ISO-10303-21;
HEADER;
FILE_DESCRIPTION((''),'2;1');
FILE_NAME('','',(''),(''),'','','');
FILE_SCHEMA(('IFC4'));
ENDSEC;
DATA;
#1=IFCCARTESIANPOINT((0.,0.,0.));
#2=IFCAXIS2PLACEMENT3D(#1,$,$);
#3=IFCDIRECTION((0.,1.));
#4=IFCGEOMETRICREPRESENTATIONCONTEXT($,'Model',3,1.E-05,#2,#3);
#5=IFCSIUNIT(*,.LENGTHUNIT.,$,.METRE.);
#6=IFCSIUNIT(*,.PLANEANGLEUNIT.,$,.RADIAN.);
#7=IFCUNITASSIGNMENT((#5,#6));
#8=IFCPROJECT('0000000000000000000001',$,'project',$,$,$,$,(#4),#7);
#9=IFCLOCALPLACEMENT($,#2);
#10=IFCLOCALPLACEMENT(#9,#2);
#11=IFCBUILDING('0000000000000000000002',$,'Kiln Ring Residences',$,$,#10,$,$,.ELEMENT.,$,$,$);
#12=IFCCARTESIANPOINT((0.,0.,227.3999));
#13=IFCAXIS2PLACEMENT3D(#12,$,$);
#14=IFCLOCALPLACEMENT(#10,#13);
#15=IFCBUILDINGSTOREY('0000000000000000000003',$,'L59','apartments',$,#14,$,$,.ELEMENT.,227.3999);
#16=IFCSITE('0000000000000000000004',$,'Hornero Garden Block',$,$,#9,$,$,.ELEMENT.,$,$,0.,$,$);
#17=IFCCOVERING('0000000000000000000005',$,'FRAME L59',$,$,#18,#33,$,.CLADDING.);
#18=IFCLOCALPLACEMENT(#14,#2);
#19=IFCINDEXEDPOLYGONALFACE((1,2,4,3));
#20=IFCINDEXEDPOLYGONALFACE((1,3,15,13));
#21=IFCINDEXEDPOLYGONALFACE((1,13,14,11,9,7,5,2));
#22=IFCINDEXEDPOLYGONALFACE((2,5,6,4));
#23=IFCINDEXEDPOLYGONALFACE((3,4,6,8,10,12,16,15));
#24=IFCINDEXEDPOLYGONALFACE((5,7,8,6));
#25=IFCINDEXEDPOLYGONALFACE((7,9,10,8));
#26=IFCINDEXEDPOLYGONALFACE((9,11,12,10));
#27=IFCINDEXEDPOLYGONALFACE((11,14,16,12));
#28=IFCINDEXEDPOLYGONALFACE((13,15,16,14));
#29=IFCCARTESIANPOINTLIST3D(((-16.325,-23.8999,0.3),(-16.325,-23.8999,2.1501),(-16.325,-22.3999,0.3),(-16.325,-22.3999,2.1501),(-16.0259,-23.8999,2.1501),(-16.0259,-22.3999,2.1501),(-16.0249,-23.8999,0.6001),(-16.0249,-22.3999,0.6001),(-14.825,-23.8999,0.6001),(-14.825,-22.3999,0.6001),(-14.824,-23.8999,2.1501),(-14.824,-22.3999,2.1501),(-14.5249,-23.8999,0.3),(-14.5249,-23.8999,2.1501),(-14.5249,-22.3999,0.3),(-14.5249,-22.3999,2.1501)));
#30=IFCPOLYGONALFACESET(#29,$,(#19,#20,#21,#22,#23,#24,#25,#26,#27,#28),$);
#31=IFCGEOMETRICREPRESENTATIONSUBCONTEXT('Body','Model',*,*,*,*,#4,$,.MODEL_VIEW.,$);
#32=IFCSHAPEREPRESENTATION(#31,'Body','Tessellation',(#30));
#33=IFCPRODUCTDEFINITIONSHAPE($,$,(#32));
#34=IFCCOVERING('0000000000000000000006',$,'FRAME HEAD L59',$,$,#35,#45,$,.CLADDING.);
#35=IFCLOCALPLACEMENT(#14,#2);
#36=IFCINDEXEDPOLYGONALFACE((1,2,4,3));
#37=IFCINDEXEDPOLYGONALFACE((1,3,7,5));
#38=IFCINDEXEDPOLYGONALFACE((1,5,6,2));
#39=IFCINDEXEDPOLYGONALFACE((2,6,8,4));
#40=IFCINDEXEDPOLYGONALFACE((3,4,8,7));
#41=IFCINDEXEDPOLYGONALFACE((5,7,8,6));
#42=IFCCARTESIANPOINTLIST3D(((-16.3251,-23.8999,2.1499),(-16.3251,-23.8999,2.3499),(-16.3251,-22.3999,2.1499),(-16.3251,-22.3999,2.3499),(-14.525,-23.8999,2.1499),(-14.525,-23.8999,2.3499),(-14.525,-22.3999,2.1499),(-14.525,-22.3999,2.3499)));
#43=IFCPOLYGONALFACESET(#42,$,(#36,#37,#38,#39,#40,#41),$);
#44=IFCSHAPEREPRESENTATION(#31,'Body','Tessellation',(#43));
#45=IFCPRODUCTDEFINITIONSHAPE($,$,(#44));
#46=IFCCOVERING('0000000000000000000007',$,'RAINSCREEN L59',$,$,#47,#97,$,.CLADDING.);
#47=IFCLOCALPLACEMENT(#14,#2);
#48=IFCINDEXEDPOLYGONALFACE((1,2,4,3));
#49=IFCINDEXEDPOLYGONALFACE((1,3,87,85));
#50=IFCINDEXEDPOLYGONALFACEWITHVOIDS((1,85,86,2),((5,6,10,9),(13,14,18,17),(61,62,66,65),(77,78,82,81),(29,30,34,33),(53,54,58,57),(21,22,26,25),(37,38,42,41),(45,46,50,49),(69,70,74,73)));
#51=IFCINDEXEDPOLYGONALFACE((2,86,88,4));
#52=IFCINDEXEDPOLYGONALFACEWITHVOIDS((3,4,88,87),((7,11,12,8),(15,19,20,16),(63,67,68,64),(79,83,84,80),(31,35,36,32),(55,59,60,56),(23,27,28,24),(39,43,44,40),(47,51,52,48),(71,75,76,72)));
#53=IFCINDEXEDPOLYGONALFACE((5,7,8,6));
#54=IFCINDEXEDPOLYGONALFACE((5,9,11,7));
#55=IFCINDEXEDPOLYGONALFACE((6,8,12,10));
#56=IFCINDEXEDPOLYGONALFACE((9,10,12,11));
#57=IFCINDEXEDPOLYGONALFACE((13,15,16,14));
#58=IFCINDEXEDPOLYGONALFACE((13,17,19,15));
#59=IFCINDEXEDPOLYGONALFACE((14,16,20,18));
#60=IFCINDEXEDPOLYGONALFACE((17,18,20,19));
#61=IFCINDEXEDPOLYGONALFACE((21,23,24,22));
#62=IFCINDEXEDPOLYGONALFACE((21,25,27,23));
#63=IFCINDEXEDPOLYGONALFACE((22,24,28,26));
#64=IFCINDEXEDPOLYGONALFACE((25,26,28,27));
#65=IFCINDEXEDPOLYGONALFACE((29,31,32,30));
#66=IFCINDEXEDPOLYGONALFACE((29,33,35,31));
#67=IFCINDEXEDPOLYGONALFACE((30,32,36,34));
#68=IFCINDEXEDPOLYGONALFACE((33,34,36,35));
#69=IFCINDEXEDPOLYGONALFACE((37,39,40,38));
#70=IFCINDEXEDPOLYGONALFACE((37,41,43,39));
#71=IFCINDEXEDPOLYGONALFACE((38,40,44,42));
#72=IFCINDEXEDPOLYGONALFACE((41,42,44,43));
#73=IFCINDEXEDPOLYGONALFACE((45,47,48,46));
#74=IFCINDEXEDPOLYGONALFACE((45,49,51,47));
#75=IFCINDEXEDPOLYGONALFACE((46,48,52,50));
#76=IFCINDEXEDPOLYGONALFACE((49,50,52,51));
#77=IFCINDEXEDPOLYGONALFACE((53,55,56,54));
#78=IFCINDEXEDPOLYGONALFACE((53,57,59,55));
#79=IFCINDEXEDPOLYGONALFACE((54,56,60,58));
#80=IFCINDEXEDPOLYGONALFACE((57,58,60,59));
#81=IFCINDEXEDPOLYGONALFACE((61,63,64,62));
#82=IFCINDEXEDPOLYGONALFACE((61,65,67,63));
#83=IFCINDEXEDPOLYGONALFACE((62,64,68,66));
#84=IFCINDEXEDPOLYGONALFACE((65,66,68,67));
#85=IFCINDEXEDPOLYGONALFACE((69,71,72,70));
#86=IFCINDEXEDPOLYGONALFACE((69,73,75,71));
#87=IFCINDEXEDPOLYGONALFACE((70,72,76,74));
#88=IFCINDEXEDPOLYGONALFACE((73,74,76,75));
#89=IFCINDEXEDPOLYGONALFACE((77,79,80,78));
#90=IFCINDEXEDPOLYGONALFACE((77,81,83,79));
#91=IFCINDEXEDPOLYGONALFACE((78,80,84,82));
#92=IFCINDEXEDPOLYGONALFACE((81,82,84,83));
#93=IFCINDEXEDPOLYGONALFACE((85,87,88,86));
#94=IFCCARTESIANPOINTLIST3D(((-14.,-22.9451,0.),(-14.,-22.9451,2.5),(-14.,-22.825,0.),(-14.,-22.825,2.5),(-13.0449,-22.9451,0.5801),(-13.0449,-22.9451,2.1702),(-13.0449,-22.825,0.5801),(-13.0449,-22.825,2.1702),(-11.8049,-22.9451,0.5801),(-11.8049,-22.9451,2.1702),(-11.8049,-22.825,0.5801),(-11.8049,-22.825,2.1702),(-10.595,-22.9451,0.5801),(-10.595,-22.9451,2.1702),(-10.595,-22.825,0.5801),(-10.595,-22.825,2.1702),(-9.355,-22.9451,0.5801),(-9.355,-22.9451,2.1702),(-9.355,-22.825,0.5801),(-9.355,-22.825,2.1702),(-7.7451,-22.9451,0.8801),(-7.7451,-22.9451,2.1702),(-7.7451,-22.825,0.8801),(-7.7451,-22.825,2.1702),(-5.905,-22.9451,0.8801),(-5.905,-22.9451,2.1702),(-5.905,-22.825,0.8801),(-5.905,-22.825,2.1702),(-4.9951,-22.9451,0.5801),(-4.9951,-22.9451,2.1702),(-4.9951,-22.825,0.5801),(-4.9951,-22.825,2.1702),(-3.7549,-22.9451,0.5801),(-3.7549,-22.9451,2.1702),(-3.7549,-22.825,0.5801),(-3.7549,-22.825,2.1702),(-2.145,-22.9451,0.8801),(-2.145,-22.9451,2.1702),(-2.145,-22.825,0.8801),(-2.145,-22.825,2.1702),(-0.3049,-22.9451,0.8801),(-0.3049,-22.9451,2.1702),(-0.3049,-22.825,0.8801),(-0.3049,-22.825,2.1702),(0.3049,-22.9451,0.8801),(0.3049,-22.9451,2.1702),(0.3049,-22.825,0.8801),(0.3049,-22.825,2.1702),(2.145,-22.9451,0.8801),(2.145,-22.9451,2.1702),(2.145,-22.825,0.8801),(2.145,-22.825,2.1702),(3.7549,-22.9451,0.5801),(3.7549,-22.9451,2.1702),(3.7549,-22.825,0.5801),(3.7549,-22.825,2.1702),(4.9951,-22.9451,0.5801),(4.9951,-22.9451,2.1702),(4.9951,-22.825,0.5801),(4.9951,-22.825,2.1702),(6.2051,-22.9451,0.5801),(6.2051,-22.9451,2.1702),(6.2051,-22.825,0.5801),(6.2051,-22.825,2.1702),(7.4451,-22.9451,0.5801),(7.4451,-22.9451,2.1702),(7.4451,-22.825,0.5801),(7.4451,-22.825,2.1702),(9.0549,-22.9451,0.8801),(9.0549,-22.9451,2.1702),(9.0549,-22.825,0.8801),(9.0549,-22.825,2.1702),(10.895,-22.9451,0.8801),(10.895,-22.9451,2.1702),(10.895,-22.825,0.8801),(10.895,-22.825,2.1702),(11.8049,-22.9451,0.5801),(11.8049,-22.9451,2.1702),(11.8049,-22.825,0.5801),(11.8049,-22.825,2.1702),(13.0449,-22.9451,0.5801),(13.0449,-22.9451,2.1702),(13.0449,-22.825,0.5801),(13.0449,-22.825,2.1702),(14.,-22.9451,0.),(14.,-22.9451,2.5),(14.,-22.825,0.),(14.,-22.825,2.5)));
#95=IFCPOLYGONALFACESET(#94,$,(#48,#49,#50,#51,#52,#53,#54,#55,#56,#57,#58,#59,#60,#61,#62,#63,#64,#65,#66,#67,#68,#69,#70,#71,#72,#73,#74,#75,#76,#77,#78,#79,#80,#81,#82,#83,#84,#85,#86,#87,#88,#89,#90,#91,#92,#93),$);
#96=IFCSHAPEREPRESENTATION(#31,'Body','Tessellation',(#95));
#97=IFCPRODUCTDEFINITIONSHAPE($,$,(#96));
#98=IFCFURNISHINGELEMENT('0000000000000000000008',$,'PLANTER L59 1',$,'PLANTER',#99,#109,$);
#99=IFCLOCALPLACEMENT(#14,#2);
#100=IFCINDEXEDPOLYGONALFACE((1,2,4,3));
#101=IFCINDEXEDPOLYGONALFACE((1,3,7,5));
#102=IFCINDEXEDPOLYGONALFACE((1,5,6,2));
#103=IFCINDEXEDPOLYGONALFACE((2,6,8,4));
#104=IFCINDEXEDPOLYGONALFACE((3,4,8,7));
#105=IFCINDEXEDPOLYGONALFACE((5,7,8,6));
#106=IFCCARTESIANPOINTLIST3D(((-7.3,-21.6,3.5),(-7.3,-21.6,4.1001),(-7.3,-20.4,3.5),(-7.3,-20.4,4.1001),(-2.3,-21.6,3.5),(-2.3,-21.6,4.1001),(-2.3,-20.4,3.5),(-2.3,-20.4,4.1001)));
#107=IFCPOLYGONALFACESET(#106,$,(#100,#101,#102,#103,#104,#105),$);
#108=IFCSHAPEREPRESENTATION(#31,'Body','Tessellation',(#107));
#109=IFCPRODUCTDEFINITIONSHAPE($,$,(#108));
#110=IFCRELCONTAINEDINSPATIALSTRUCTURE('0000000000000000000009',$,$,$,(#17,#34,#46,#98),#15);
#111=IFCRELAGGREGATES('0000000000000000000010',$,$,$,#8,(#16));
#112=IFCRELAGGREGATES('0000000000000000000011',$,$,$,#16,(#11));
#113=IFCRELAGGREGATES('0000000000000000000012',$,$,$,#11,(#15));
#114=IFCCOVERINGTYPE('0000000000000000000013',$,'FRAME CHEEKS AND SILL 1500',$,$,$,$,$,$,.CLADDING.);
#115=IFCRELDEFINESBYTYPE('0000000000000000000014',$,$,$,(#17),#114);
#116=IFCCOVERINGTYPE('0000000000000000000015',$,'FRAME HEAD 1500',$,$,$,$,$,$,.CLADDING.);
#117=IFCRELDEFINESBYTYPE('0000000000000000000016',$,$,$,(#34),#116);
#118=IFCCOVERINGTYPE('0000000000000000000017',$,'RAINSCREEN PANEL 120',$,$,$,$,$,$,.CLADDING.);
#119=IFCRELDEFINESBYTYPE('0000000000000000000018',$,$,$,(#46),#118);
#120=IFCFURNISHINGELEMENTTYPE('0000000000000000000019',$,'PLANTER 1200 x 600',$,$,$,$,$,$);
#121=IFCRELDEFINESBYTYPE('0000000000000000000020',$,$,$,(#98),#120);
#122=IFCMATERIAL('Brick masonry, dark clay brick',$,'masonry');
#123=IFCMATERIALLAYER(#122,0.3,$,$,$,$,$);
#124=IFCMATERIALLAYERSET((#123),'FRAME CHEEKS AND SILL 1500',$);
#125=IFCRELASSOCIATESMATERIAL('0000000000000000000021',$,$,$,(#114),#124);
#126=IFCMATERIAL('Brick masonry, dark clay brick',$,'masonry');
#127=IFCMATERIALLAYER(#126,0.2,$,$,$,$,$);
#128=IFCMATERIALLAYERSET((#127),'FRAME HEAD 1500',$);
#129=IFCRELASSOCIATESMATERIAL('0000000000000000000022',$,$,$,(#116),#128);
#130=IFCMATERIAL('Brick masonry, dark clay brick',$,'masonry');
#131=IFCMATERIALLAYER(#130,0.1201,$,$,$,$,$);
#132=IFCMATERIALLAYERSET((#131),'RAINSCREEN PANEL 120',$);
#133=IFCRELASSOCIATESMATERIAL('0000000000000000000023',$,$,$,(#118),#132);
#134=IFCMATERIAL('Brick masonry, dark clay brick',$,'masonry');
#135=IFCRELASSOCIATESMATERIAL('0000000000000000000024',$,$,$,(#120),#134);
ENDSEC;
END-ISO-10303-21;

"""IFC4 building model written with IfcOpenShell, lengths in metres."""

from ifc_helpers import new_model, si_unit, direction, frame, origin, origin_2d, place, context, subcontext, project, spatial, polyline, rectangle, outline, extrude, material, layer, layer_set, type_object, element, save


model = new_model("IFC4")

# Units and contexts
model_context = context("Model", 3, precision=1e-05, world=origin(), true_north=direction((0.0, 1.0)))
body_context = subcontext(model_context, "Body", "Model", "MODEL_VIEW")
ifc_project = project(units=[si_unit("LENGTHUNIT", "METRE"), si_unit("PLANEANGLEUNIT", "RADIAN")], contexts=[model_context])

# Site, building, storey
site_placement = place(None, origin())
site = spatial("IfcSite", under=ifc_project, at=site_placement, Name="Hornero Garden Block", CompositionType="ELEMENT", RefElevation=0.0)
building_placement = place(site_placement, origin())
building = spatial("IfcBuilding", under=site, at=building_placement, Name="Kiln Ring Residences", CompositionType="ELEMENT")
storey_placement = place(building_placement, frame((0.0, 0.0, 227.3999)))
storey = spatial("IfcBuildingStorey", under=building, at=storey_placement, Name="L59", Description="apartments", CompositionType="ELEMENT", Elevation=227.3999)

# Coverings
ifc_material_1 = material(Name="Brick masonry, dark clay brick", Category="masonry")
ifc_layer_1 = layer(ifc_material_1, 0.3)
ifc_layer_set_1 = layer_set([ifc_layer_1], Name="FRAME CHEEKS AND SILL 1500")
covering_type_1 = type_object("IfcCoveringType", Name="FRAME CHEEKS AND SILL 1500", PredefinedType="CLADDING", material=ifc_layer_set_1)
covering_1_placement = place(storey_placement, frame((-16.325, -23.1499, 0.3), z_axis=(0.0, 0.0, 1.0), x_axis=(1.0, 0.0, 0.0)))
element("IfcCovering", 1, at=covering_1_placement, inside=storey, type_object=covering_type_1, Name="FRAME L59", PredefinedType="CLADDING", context=body_context, shape_type="SweptSolid", body=[
    extrude(outline(polyline([(0.0, 0.0), (1.8, 0.0), (1.8, 1.8501), (1.501, 1.8501), (1.5, 0.3), (0.3, 0.3), (0.2991, 1.8501), (0.0, 1.8501), (0.0, 0.0)])), frame((0.0, 0.75, 0.0), z_axis=(0.0, -1.0, 0.0), x_axis=(1.0, 0.0, 0.0)), (0.0, 0.0, 1.0), 1.5),
])
ifc_material_2 = material(Name="Brick masonry, dark clay brick", Category="masonry")
ifc_layer_2 = layer(ifc_material_2, 0.2)
ifc_layer_set_2 = layer_set([ifc_layer_2], Name="FRAME HEAD 1500")
covering_type_2 = type_object("IfcCoveringType", Name="FRAME HEAD 1500", PredefinedType="CLADDING", material=ifc_layer_set_2)
covering_2_placement = place(storey_placement, frame((-15.425, -23.1499, 2.1499), z_axis=(0.0, 0.0, 1.0), x_axis=(1.0, 0.0, 0.0)))
element("IfcCovering", 2, at=covering_2_placement, inside=storey, type_object=covering_type_2, Name="FRAME HEAD L59", PredefinedType="CLADDING", context=body_context, shape_type="SweptSolid", body=[
    extrude(rectangle(XDim=1.8, YDim=1.5, at=origin_2d()), origin(), (0.0, 0.0, 1.0), 0.2),
])
ifc_material_3 = material(Name="Brick masonry, dark clay brick", Category="masonry")
ifc_layer_3 = layer(ifc_material_3, 0.1201)
ifc_layer_set_3 = layer_set([ifc_layer_3], Name="RAINSCREEN PANEL 120")
covering_type_3 = type_object("IfcCoveringType", Name="RAINSCREEN PANEL 120", PredefinedType="CLADDING", material=ifc_layer_set_3)
covering_3_placement = place(storey_placement, frame((-14.0, -22.885, 0.0), z_axis=(0.0, 0.0, 1.0), x_axis=(1.0, 0.0, 0.0)))
element("IfcCovering", 3, at=covering_3_placement, inside=storey, type_object=covering_type_3, Name="RAINSCREEN L59", PredefinedType="CLADDING", context=body_context, shape_type="SweptSolid", body=[
    extrude(outline(polyline([(0.0, 0.0), (28.0, 0.0), (28.0, 2.5), (0.0, 2.5), (0.0, 0.0)]), holes=[polyline([(0.9551, 0.5801), (2.1951, 0.5801), (2.1951, 2.1702), (0.9551, 2.1702), (0.9551, 0.5801)]), polyline([(3.405, 0.5801), (4.645, 0.5801), (4.645, 2.1702), (3.405, 2.1702), (3.405, 0.5801)]), polyline([(9.0049, 0.5801), (10.2451, 0.5801), (10.2451, 2.1702), (9.0049, 2.1702), (9.0049, 0.5801)]), polyline([(17.7549, 2.1702), (17.7549, 0.5801), (18.9951, 0.5801), (18.9951, 2.1702), (17.7549, 2.1702)]), polyline([(20.2051, 2.1702), (20.2051, 0.5801), (21.4451, 0.5801), (21.4451, 2.1702), (20.2051, 2.1702)]), polyline([(25.8049, 0.5801), (27.0449, 0.5801), (27.0449, 2.1702), (25.8049, 2.1702), (25.8049, 0.5801)]), polyline([(6.2549, 0.8801), (8.095, 0.8801), (8.095, 2.1702), (6.2549, 2.1702), (6.2549, 0.8801)]), polyline([(11.855, 0.8801), (13.6951, 0.8801), (13.6951, 2.1702), (11.855, 2.1702), (11.855, 0.8801)]), polyline([(14.3049, 2.1702), (14.3049, 0.8801), (16.145, 0.8801), (16.145, 2.1702), (14.3049, 2.1702)]), polyline([(23.0549, 2.1702), (23.0549, 0.8801), (24.895, 0.8801), (24.895, 2.1702), (23.0549, 2.1702)])]), frame((0.0, 0.0601, 0.0), z_axis=(0.0, -1.0, 0.0), x_axis=(1.0, 0.0, 0.0)), (0.0, 0.0, 1.0), 0.1201),
])

# Furnishing element
ifc_material_4 = material(Name="Brick masonry, dark clay brick", Category="masonry")
furnishing_element_type = type_object("IfcFurnishingElementType", Name="PLANTER 1200 x 600", material=ifc_material_4)
furnishing_placement = place(storey_placement, frame((-4.8, -21.0, 3.5), z_axis=(0.0, 0.0, 1.0), x_axis=(1.0, 0.0, 0.0)))
element("IfcFurnishingElement", 4, at=furnishing_placement, inside=storey, type_object=furnishing_element_type, Name="PLANTER L59 1", ObjectType="PLANTER", context=body_context, shape_type="SweptSolid", body=[
    extrude(rectangle(XDim=5.0, YDim=1.2, at=origin_2d()), origin(), (0.0, 0.0, 1.0), 0.6001),
])

save(model, "model.ifc")
